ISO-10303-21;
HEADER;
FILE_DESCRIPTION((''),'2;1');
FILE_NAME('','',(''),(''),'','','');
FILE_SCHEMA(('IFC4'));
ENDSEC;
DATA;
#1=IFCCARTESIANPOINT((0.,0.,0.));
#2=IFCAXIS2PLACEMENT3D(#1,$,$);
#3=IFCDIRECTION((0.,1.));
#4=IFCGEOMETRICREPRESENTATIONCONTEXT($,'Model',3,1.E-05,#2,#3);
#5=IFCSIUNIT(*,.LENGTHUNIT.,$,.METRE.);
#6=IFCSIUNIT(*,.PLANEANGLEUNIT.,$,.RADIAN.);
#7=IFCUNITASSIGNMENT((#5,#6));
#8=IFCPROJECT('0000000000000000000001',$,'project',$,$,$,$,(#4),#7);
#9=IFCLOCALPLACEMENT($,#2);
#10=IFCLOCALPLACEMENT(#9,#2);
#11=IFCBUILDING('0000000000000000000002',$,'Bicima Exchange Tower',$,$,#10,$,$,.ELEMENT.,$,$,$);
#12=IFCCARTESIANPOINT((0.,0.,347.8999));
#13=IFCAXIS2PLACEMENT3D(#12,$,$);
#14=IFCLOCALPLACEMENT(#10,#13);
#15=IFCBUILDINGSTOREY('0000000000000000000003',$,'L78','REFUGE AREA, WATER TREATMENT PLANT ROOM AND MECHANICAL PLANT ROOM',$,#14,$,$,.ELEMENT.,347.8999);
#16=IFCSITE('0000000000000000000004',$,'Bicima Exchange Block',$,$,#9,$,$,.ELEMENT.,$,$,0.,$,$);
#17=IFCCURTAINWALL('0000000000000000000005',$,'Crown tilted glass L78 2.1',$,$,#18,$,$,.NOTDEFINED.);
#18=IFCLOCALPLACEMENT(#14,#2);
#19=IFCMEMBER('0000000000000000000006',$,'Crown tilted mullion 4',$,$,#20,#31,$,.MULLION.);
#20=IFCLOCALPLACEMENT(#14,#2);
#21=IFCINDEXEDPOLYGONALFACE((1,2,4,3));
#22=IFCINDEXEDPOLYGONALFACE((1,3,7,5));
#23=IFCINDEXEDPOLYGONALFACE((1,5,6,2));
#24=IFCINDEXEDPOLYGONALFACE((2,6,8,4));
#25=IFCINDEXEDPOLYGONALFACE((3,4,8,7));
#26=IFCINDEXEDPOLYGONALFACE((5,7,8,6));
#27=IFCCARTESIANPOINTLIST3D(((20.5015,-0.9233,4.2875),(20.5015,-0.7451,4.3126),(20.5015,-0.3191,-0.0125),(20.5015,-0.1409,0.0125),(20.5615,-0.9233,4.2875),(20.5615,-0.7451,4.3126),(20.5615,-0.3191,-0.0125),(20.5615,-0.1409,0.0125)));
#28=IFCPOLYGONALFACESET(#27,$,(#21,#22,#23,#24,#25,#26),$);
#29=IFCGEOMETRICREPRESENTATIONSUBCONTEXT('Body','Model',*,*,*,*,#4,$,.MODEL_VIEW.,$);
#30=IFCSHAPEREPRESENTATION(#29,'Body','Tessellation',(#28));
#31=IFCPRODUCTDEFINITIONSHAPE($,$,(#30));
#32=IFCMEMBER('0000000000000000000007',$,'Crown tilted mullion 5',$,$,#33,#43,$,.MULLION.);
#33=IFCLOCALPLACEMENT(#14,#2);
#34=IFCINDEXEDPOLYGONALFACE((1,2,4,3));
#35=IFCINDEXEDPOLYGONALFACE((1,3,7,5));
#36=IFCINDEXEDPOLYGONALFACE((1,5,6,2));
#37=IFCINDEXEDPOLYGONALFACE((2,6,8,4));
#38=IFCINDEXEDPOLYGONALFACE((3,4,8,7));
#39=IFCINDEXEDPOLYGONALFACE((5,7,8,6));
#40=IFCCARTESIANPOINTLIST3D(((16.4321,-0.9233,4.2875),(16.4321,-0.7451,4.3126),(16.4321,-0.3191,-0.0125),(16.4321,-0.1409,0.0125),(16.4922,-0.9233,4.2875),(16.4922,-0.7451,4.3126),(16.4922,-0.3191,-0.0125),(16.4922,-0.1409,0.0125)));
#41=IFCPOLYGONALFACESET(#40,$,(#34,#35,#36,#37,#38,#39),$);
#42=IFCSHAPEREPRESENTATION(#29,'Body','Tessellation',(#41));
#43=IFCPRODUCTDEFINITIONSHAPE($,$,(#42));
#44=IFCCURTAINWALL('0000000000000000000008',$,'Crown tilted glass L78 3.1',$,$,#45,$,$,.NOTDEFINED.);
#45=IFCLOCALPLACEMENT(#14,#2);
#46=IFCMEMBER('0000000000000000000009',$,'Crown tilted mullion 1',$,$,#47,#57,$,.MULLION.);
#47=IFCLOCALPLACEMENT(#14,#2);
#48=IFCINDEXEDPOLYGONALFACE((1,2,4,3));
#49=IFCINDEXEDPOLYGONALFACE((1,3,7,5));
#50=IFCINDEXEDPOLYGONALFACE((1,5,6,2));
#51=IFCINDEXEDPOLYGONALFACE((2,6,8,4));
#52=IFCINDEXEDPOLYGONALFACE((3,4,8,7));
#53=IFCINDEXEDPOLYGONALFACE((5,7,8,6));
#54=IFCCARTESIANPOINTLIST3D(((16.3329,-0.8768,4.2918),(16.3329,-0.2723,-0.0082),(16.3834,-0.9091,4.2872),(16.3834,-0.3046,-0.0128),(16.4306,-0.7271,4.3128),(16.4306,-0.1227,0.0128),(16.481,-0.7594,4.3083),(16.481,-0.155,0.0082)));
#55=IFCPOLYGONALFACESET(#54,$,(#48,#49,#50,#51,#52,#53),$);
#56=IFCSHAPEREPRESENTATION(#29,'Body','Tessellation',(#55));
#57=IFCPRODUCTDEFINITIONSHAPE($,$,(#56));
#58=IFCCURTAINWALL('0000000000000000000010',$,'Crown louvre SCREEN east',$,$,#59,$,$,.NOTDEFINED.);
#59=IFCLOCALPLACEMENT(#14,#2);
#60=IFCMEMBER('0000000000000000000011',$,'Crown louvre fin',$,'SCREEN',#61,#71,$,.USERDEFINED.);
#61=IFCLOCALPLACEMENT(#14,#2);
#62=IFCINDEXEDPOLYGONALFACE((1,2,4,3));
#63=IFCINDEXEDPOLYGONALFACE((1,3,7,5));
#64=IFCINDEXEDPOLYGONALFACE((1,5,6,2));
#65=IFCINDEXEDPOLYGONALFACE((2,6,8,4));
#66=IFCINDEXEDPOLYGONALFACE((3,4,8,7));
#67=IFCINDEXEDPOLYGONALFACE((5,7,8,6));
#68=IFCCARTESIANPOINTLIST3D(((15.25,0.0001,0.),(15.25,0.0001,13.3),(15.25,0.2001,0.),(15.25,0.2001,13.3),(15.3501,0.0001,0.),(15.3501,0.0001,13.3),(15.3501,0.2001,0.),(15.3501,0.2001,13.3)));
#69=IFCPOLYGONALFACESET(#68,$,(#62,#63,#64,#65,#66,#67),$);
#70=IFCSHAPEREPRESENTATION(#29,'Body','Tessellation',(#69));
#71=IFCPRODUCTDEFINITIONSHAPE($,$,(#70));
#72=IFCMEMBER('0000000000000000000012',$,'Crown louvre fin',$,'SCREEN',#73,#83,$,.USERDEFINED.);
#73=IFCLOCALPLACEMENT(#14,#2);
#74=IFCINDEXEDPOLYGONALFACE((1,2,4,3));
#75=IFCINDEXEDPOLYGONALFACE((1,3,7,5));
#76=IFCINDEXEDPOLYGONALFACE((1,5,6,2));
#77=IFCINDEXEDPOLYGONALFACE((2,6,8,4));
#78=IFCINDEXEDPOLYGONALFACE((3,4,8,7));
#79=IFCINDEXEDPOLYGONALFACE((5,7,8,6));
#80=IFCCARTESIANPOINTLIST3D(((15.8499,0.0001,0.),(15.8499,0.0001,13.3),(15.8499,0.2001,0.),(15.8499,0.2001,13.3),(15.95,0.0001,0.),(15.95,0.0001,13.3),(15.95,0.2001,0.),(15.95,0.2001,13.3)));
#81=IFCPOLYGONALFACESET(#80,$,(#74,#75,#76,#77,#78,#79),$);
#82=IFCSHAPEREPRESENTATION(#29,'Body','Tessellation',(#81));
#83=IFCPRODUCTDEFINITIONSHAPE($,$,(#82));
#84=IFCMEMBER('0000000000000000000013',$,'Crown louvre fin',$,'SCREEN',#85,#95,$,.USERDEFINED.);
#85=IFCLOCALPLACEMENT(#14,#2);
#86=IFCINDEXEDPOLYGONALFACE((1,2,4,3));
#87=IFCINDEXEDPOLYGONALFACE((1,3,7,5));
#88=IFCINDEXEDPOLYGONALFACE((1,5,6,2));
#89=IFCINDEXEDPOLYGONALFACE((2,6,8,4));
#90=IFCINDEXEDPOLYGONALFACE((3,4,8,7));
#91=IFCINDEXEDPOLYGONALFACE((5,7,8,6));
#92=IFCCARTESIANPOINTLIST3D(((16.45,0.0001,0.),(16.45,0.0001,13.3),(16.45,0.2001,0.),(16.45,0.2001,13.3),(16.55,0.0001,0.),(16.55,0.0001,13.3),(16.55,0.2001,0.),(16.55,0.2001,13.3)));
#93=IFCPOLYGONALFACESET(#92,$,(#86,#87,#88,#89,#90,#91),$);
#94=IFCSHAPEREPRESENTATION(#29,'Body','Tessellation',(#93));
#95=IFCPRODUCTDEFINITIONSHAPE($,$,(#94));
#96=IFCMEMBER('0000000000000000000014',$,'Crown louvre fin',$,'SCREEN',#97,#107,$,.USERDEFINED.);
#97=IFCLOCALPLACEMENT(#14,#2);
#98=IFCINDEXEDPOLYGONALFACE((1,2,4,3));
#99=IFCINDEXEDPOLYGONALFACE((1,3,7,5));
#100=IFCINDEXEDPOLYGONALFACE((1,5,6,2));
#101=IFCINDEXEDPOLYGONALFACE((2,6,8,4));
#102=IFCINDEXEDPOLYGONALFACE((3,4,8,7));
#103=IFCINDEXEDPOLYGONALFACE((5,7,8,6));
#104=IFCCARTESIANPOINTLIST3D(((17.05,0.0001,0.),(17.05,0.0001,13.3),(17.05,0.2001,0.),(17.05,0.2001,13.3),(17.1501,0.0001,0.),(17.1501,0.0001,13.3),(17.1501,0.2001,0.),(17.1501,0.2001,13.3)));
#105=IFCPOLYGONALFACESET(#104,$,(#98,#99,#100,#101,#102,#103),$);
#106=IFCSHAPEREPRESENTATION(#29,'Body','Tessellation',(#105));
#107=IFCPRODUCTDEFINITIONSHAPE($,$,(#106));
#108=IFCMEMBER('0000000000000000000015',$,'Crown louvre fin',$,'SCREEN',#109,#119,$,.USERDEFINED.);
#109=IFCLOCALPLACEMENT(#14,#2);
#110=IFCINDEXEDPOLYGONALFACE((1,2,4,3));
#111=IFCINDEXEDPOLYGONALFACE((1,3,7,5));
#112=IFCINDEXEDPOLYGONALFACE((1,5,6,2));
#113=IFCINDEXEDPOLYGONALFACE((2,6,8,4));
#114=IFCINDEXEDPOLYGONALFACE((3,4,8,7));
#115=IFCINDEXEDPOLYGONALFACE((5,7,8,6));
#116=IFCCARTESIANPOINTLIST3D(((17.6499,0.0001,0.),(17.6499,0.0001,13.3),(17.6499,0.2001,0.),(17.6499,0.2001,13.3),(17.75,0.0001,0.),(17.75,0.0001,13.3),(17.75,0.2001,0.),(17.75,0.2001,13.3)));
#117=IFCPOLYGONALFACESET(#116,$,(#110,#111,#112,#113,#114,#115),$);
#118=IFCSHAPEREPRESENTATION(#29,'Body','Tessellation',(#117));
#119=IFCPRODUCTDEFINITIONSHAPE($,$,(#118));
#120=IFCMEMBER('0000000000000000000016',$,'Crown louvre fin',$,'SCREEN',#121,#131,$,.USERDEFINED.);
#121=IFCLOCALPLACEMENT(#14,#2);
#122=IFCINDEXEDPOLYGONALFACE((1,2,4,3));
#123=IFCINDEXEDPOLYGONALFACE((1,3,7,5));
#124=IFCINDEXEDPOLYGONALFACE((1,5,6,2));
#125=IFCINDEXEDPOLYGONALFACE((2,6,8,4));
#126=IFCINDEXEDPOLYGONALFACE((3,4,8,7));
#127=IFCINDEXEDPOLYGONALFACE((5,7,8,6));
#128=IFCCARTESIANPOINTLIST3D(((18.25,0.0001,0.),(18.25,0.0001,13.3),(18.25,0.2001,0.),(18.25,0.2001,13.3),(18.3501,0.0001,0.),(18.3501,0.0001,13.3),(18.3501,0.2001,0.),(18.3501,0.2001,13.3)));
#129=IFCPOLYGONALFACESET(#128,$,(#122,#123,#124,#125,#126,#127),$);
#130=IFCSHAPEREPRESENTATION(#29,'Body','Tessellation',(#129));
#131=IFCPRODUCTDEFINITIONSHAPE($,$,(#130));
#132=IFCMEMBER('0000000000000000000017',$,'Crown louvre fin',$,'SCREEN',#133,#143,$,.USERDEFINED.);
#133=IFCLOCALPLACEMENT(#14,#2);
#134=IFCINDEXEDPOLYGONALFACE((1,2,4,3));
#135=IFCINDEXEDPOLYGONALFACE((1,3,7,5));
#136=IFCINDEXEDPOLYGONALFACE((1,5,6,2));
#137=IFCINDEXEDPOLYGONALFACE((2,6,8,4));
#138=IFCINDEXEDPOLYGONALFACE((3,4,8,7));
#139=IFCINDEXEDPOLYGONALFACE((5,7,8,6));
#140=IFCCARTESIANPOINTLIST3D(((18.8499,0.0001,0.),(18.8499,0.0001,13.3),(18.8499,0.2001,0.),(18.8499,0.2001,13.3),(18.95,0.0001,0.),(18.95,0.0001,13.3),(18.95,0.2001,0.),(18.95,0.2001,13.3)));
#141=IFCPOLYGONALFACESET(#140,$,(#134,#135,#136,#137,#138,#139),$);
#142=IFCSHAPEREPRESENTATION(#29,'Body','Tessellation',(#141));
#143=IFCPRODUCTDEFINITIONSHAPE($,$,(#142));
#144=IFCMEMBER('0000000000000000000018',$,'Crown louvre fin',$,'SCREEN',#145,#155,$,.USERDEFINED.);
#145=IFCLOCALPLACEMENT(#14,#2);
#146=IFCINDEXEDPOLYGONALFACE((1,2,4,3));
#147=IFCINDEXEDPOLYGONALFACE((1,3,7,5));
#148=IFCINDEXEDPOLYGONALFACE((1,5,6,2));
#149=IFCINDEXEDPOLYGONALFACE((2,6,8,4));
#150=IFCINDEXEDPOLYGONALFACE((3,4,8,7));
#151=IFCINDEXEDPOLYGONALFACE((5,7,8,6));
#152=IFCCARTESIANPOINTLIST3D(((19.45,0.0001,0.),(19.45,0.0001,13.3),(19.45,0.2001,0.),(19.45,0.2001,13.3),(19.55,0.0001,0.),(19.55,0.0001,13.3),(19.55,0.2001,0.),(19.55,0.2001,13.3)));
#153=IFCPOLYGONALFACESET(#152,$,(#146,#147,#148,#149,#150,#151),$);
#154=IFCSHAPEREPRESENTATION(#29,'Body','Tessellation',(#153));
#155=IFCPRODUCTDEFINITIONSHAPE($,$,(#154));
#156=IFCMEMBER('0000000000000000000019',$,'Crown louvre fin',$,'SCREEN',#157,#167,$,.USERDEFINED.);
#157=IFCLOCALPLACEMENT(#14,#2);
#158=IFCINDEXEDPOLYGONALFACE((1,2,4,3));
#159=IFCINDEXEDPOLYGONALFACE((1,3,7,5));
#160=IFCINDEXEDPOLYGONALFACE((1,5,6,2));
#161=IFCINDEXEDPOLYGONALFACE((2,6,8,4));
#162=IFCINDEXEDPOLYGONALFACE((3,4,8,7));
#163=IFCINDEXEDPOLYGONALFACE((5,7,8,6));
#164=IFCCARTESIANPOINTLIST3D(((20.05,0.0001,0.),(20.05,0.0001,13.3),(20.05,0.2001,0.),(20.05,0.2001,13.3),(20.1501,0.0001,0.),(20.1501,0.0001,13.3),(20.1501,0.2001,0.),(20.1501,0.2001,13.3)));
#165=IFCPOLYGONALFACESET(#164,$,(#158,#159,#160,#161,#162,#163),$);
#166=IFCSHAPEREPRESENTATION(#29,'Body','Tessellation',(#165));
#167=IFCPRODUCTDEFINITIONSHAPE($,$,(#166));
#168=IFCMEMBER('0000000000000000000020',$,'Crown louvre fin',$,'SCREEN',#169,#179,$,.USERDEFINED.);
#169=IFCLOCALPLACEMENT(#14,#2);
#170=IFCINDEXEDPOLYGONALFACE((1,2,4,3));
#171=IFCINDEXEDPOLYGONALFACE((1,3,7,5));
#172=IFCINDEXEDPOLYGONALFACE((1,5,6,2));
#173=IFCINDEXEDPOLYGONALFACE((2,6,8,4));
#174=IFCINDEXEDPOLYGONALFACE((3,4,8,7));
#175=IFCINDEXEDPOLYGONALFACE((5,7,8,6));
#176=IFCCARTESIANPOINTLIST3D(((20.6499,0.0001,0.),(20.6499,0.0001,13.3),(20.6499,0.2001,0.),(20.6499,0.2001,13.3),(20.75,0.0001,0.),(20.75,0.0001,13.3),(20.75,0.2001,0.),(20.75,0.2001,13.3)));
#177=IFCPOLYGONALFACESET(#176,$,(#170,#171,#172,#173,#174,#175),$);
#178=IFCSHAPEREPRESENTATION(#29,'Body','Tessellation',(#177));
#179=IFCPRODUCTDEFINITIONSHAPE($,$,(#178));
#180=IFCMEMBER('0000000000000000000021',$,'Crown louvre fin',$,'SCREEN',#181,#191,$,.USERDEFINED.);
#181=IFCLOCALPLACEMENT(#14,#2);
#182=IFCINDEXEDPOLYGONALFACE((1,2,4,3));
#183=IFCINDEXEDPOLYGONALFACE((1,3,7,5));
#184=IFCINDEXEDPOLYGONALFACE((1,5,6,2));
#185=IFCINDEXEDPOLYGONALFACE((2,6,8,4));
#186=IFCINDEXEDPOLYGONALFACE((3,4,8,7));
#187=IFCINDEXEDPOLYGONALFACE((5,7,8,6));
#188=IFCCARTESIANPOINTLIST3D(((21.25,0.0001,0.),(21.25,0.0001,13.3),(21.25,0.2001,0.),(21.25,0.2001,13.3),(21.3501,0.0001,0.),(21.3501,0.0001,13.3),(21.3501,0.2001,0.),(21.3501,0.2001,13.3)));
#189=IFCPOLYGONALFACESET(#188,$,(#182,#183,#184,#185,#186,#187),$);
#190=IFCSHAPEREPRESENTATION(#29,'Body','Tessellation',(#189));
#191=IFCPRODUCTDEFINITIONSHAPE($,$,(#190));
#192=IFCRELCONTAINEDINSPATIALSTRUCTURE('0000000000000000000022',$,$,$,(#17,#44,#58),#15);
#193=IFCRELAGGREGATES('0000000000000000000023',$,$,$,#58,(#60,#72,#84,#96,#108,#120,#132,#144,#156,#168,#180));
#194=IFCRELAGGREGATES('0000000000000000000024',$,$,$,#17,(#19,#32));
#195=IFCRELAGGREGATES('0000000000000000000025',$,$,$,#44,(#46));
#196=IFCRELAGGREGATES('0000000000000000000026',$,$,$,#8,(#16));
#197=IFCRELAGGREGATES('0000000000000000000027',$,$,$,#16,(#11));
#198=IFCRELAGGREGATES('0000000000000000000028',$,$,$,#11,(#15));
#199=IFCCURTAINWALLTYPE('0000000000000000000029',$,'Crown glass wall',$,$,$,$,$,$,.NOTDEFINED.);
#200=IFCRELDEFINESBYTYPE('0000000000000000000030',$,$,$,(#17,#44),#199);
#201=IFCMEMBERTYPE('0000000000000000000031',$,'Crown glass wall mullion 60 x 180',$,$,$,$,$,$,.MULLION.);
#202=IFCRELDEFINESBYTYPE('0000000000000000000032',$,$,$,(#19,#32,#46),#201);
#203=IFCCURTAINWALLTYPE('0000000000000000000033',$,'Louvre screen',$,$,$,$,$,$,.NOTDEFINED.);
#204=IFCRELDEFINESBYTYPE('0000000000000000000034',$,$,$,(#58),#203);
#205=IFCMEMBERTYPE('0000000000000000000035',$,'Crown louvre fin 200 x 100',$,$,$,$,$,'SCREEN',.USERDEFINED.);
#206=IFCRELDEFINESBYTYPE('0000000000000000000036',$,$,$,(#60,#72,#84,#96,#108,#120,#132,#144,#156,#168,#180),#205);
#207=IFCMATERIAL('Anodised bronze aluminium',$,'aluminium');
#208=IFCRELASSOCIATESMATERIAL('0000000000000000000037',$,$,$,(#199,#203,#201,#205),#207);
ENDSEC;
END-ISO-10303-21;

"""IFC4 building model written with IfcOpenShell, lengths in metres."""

from ifc_helpers import new_model, si_unit, direction, frame, origin, origin_2d, place, context, subcontext, project, spatial, rectangle, extrude, material, material_profile, profile_set, type_object, element, aggregate, save


model = new_model("IFC4")

# Units and contexts
model_context = context("Model", 3, precision=1e-05, world=origin(), true_north=direction((0.0, 1.0)))
body_context = subcontext(model_context, "Body", "Model", "MODEL_VIEW")
ifc_project = project(units=[si_unit("LENGTHUNIT", "METRE"), si_unit("PLANEANGLEUNIT", "RADIAN")], contexts=[model_context])

# Site, building, storey
site_placement = place(None, origin())
site = spatial("IfcSite", under=ifc_project, at=site_placement, Name="Bicima Exchange Block", CompositionType="ELEMENT", RefElevation=0.0)
building_placement = place(site_placement, origin())
building = spatial("IfcBuilding", under=site, at=building_placement, Name="Bicima Exchange Tower", CompositionType="ELEMENT")
storey_placement = place(building_placement, frame((0.0, 0.0, 347.8999)))
storey = spatial("IfcBuildingStorey", under=building, at=storey_placement, Name="L78", Description="REFUGE AREA, WATER TREATMENT PLANT ROOM AND MECHANICAL PLANT ROOM", CompositionType="ELEMENT", Elevation=347.8999)

# Curtain wall, members
ifc_material_1 = material(Name="Anodised bronze aluminium", Category="aluminium")
curtain_wall_type_1 = type_object("IfcCurtainWallType", Name="Crown glass wall", PredefinedType="NOTDEFINED", material=ifc_material_1)
curtain_wall_1_placement = place(storey_placement, origin())
curtain_wall_1 = element("IfcCurtainWall", 1, at=curtain_wall_1_placement, inside=storey, type_object=curtain_wall_type_1, Name="Crown tilted glass L78 2.1", PredefinedType="NOTDEFINED")
ifc_material_profile_1 = material_profile(ifc_material_1, rectangle(XDim=0.1799, YDim=0.0601, at=origin_2d()))
ifc_profile_set_1 = profile_set([ifc_material_profile_1], Name="Anodised bronze aluminium")
member_type_1 = type_object("IfcMemberType", Name="Crown glass wall mullion 60 x 180", PredefinedType="MULLION", material=ifc_profile_set_1)
member_1_placement = place(storey_placement, frame((20.5315, -0.23, 0.0), z_axis=(0.0, -0.139154, 0.990271), x_axis=(0.0, -0.990271, -0.139154)))
member_1 = element("IfcMember", 2, at=member_1_placement, type_object=member_type_1, Name="Crown tilted mullion 4", PredefinedType="MULLION", context=body_context, shape_type="SweptSolid", body=[
    extrude(rectangle(XDim=0.1799, YDim=0.0601, at=origin_2d()), origin(), (0.0, 0.0, 1.0), 4.3423),
])
member_2_placement = place(storey_placement, frame((16.4622, -0.23, 0.0), z_axis=(0.0, -0.139154, 0.990271), x_axis=(0.0, -0.990271, -0.139154)))
member_2 = element("IfcMember", 3, at=member_2_placement, type_object=member_type_1, Name="Crown tilted mullion 5", PredefinedType="MULLION", context=body_context, shape_type="SweptSolid", body=[
    extrude(rectangle(XDim=0.1799, YDim=0.0601, at=origin_2d()), origin(), (0.0, 0.0, 1.0), 4.3423),
])

# Curtain wall, member
curtain_wall_2_placement = place(storey_placement, origin())
curtain_wall_2 = element("IfcCurtainWall", 4, at=curtain_wall_2_placement, inside=storey, type_object=curtain_wall_type_1, Name="Crown tilted glass L78 3.1", PredefinedType="NOTDEFINED")
member_3_placement = place(storey_placement, frame((16.407, -0.2136, 0.0), z_axis=(0.0, -0.139209, 0.990263), x_axis=(-0.542911, -0.831613, -0.116907)))
member_3 = element("IfcMember", 5, at=member_3_placement, type_object=member_type_1, Name="Crown tilted mullion 1", PredefinedType="MULLION", context=body_context, shape_type="SweptSolid", body=[
    extrude(rectangle(XDim=0.1799, YDim=0.0601, at=origin_2d()), origin(), (0.0, 0.0, 1.0), 4.3423),
])

# Curtain wall, members
curtain_wall_type_2 = type_object("IfcCurtainWallType", Name="Louvre screen", PredefinedType="NOTDEFINED", material=ifc_material_1)
curtain_wall_3_placement = place(storey_placement, origin())
curtain_wall_3 = element("IfcCurtainWall", 6, at=curtain_wall_3_placement, inside=storey, type_object=curtain_wall_type_2, Name="Crown louvre SCREEN east", PredefinedType="NOTDEFINED")
ifc_material_profile_2 = material_profile(ifc_material_1, rectangle(XDim=0.1001, YDim=0.2, at=origin_2d()))
ifc_profile_set_2 = profile_set([ifc_material_profile_2], Name="Anodised bronze aluminium")
member_type_2 = type_object("IfcMemberType", Name="Crown louvre fin 200 x 100", ElementType="SCREEN", PredefinedType="USERDEFINED", material=ifc_profile_set_2)
member_4_placement = place(storey_placement, frame((15.3, 0.1001, 0.0), z_axis=(0.0, 0.0, 1.0), x_axis=(1.0, 0.0, 0.0)))
member_4 = element("IfcMember", 7, at=member_4_placement, type_object=member_type_2, Name="Crown louvre fin", ObjectType="SCREEN", PredefinedType="USERDEFINED", context=body_context, shape_type="SweptSolid", body=[
    extrude(rectangle(XDim=0.1001, YDim=0.2, at=origin_2d()), origin(), (0.0, 0.0, 1.0), 13.3),
])
member_5_placement = place(storey_placement, frame((15.8999, 0.1001, 0.0), z_axis=(0.0, 0.0, 1.0), x_axis=(1.0, 0.0, 0.0)))
member_5 = element("IfcMember", 8, at=member_5_placement, type_object=member_type_2, Name="Crown louvre fin", ObjectType="SCREEN", PredefinedType="USERDEFINED", context=body_context, shape_type="SweptSolid", body=[
    extrude(rectangle(XDim=0.1001, YDim=0.2, at=origin_2d()), origin(), (0.0, 0.0, 1.0), 13.3),
])
member_6_placement = place(storey_placement, frame((16.5, 0.1001, 0.0), z_axis=(0.0, 0.0, 1.0), x_axis=(1.0, 0.0, 0.0)))
member_6 = element("IfcMember", 9, at=member_6_placement, type_object=member_type_2, Name="Crown louvre fin", ObjectType="SCREEN", PredefinedType="USERDEFINED", context=body_context, shape_type="SweptSolid", body=[
    extrude(rectangle(XDim=0.1001, YDim=0.2, at=origin_2d()), origin(), (0.0, 0.0, 1.0), 13.3),
])
member_7_placement = place(storey_placement, frame((17.1001, 0.1001, 0.0), z_axis=(0.0, 0.0, 1.0), x_axis=(1.0, 0.0, 0.0)))
member_7 = element("IfcMember", 10, at=member_7_placement, type_object=member_type_2, Name="Crown louvre fin", ObjectType="SCREEN", PredefinedType="USERDEFINED", context=body_context, shape_type="SweptSolid", body=[
    extrude(rectangle(XDim=0.1001, YDim=0.2, at=origin_2d()), origin(), (0.0, 0.0, 1.0), 13.3),
])
member_8_placement = place(storey_placement, frame((17.7, 0.1001, 0.0), z_axis=(0.0, 0.0, 1.0), x_axis=(1.0, 0.0, 0.0)))
member_8 = element("IfcMember", 11, at=member_8_placement, type_object=member_type_2, Name="Crown louvre fin", ObjectType="SCREEN", PredefinedType="USERDEFINED", context=body_context, shape_type="SweptSolid", body=[
    extrude(rectangle(XDim=0.1001, YDim=0.2, at=origin_2d()), origin(), (0.0, 0.0, 1.0), 13.3),
])
member_9_placement = place(storey_placement, frame((18.3, 0.1001, 0.0), z_axis=(0.0, 0.0, 1.0), x_axis=(1.0, 0.0, 0.0)))
member_9 = element("IfcMember", 12, at=member_9_placement, type_object=member_type_2, Name="Crown louvre fin", ObjectType="SCREEN", PredefinedType="USERDEFINED", context=body_context, shape_type="SweptSolid", body=[
    extrude(rectangle(XDim=0.1001, YDim=0.2, at=origin_2d()), origin(), (0.0, 0.0, 1.0), 13.3),
])
member_10_placement = place(storey_placement, frame((18.8999, 0.1001, 0.0), z_axis=(0.0, 0.0, 1.0), x_axis=(1.0, 0.0, 0.0)))
member_10 = element("IfcMember", 13, at=member_10_placement, type_object=member_type_2, Name="Crown louvre fin", ObjectType="SCREEN", PredefinedType="USERDEFINED", context=body_context, shape_type="SweptSolid", body=[
    extrude(rectangle(XDim=0.1001, YDim=0.2, at=origin_2d()), origin(), (0.0, 0.0, 1.0), 13.3),
])
member_11_placement = place(storey_placement, frame((19.5, 0.1001, 0.0), z_axis=(0.0, 0.0, 1.0), x_axis=(1.0, 0.0, 0.0)))
member_11 = element("IfcMember", 14, at=member_11_placement, type_object=member_type_2, Name="Crown louvre fin", ObjectType="SCREEN", PredefinedType="USERDEFINED", context=body_context, shape_type="SweptSolid", body=[
    extrude(rectangle(XDim=0.1001, YDim=0.2, at=origin_2d()), origin(), (0.0, 0.0, 1.0), 13.3),
])
member_12_placement = place(storey_placement, frame((20.1001, 0.1001, 0.0), z_axis=(0.0, 0.0, 1.0), x_axis=(1.0, 0.0, 0.0)))
member_12 = element("IfcMember", 15, at=member_12_placement, type_object=member_type_2, Name="Crown louvre fin", ObjectType="SCREEN", PredefinedType="USERDEFINED", context=body_context, shape_type="SweptSolid", body=[
    extrude(rectangle(XDim=0.1001, YDim=0.2, at=origin_2d()), origin(), (0.0, 0.0, 1.0), 13.3),
])
member_13_placement = place(storey_placement, frame((20.7, 0.1001, 0.0), z_axis=(0.0, 0.0, 1.0), x_axis=(1.0, 0.0, 0.0)))
member_13 = element("IfcMember", 16, at=member_13_placement, type_object=member_type_2, Name="Crown louvre fin", ObjectType="SCREEN", PredefinedType="USERDEFINED", context=body_context, shape_type="SweptSolid", body=[
    extrude(rectangle(XDim=0.1001, YDim=0.2, at=origin_2d()), origin(), (0.0, 0.0, 1.0), 13.3),
])
member_14_placement = place(storey_placement, frame((21.3, 0.1001, 0.0), z_axis=(0.0, 0.0, 1.0), x_axis=(1.0, 0.0, 0.0)))
member_14 = element("IfcMember", 17, at=member_14_placement, type_object=member_type_2, Name="Crown louvre fin", ObjectType="SCREEN", PredefinedType="USERDEFINED", context=body_context, shape_type="SweptSolid", body=[
    extrude(rectangle(XDim=0.1001, YDim=0.2, at=origin_2d()), origin(), (0.0, 0.0, 1.0), 13.3),
])
aggregate(curtain_wall_3, [member_4, member_5, member_6, member_7, member_8, member_9, member_10, member_11, member_12, member_13, member_14])

aggregate(curtain_wall_1, [member_1, member_2])
aggregate(curtain_wall_2, [member_3])

save(model, "model.ifc")
